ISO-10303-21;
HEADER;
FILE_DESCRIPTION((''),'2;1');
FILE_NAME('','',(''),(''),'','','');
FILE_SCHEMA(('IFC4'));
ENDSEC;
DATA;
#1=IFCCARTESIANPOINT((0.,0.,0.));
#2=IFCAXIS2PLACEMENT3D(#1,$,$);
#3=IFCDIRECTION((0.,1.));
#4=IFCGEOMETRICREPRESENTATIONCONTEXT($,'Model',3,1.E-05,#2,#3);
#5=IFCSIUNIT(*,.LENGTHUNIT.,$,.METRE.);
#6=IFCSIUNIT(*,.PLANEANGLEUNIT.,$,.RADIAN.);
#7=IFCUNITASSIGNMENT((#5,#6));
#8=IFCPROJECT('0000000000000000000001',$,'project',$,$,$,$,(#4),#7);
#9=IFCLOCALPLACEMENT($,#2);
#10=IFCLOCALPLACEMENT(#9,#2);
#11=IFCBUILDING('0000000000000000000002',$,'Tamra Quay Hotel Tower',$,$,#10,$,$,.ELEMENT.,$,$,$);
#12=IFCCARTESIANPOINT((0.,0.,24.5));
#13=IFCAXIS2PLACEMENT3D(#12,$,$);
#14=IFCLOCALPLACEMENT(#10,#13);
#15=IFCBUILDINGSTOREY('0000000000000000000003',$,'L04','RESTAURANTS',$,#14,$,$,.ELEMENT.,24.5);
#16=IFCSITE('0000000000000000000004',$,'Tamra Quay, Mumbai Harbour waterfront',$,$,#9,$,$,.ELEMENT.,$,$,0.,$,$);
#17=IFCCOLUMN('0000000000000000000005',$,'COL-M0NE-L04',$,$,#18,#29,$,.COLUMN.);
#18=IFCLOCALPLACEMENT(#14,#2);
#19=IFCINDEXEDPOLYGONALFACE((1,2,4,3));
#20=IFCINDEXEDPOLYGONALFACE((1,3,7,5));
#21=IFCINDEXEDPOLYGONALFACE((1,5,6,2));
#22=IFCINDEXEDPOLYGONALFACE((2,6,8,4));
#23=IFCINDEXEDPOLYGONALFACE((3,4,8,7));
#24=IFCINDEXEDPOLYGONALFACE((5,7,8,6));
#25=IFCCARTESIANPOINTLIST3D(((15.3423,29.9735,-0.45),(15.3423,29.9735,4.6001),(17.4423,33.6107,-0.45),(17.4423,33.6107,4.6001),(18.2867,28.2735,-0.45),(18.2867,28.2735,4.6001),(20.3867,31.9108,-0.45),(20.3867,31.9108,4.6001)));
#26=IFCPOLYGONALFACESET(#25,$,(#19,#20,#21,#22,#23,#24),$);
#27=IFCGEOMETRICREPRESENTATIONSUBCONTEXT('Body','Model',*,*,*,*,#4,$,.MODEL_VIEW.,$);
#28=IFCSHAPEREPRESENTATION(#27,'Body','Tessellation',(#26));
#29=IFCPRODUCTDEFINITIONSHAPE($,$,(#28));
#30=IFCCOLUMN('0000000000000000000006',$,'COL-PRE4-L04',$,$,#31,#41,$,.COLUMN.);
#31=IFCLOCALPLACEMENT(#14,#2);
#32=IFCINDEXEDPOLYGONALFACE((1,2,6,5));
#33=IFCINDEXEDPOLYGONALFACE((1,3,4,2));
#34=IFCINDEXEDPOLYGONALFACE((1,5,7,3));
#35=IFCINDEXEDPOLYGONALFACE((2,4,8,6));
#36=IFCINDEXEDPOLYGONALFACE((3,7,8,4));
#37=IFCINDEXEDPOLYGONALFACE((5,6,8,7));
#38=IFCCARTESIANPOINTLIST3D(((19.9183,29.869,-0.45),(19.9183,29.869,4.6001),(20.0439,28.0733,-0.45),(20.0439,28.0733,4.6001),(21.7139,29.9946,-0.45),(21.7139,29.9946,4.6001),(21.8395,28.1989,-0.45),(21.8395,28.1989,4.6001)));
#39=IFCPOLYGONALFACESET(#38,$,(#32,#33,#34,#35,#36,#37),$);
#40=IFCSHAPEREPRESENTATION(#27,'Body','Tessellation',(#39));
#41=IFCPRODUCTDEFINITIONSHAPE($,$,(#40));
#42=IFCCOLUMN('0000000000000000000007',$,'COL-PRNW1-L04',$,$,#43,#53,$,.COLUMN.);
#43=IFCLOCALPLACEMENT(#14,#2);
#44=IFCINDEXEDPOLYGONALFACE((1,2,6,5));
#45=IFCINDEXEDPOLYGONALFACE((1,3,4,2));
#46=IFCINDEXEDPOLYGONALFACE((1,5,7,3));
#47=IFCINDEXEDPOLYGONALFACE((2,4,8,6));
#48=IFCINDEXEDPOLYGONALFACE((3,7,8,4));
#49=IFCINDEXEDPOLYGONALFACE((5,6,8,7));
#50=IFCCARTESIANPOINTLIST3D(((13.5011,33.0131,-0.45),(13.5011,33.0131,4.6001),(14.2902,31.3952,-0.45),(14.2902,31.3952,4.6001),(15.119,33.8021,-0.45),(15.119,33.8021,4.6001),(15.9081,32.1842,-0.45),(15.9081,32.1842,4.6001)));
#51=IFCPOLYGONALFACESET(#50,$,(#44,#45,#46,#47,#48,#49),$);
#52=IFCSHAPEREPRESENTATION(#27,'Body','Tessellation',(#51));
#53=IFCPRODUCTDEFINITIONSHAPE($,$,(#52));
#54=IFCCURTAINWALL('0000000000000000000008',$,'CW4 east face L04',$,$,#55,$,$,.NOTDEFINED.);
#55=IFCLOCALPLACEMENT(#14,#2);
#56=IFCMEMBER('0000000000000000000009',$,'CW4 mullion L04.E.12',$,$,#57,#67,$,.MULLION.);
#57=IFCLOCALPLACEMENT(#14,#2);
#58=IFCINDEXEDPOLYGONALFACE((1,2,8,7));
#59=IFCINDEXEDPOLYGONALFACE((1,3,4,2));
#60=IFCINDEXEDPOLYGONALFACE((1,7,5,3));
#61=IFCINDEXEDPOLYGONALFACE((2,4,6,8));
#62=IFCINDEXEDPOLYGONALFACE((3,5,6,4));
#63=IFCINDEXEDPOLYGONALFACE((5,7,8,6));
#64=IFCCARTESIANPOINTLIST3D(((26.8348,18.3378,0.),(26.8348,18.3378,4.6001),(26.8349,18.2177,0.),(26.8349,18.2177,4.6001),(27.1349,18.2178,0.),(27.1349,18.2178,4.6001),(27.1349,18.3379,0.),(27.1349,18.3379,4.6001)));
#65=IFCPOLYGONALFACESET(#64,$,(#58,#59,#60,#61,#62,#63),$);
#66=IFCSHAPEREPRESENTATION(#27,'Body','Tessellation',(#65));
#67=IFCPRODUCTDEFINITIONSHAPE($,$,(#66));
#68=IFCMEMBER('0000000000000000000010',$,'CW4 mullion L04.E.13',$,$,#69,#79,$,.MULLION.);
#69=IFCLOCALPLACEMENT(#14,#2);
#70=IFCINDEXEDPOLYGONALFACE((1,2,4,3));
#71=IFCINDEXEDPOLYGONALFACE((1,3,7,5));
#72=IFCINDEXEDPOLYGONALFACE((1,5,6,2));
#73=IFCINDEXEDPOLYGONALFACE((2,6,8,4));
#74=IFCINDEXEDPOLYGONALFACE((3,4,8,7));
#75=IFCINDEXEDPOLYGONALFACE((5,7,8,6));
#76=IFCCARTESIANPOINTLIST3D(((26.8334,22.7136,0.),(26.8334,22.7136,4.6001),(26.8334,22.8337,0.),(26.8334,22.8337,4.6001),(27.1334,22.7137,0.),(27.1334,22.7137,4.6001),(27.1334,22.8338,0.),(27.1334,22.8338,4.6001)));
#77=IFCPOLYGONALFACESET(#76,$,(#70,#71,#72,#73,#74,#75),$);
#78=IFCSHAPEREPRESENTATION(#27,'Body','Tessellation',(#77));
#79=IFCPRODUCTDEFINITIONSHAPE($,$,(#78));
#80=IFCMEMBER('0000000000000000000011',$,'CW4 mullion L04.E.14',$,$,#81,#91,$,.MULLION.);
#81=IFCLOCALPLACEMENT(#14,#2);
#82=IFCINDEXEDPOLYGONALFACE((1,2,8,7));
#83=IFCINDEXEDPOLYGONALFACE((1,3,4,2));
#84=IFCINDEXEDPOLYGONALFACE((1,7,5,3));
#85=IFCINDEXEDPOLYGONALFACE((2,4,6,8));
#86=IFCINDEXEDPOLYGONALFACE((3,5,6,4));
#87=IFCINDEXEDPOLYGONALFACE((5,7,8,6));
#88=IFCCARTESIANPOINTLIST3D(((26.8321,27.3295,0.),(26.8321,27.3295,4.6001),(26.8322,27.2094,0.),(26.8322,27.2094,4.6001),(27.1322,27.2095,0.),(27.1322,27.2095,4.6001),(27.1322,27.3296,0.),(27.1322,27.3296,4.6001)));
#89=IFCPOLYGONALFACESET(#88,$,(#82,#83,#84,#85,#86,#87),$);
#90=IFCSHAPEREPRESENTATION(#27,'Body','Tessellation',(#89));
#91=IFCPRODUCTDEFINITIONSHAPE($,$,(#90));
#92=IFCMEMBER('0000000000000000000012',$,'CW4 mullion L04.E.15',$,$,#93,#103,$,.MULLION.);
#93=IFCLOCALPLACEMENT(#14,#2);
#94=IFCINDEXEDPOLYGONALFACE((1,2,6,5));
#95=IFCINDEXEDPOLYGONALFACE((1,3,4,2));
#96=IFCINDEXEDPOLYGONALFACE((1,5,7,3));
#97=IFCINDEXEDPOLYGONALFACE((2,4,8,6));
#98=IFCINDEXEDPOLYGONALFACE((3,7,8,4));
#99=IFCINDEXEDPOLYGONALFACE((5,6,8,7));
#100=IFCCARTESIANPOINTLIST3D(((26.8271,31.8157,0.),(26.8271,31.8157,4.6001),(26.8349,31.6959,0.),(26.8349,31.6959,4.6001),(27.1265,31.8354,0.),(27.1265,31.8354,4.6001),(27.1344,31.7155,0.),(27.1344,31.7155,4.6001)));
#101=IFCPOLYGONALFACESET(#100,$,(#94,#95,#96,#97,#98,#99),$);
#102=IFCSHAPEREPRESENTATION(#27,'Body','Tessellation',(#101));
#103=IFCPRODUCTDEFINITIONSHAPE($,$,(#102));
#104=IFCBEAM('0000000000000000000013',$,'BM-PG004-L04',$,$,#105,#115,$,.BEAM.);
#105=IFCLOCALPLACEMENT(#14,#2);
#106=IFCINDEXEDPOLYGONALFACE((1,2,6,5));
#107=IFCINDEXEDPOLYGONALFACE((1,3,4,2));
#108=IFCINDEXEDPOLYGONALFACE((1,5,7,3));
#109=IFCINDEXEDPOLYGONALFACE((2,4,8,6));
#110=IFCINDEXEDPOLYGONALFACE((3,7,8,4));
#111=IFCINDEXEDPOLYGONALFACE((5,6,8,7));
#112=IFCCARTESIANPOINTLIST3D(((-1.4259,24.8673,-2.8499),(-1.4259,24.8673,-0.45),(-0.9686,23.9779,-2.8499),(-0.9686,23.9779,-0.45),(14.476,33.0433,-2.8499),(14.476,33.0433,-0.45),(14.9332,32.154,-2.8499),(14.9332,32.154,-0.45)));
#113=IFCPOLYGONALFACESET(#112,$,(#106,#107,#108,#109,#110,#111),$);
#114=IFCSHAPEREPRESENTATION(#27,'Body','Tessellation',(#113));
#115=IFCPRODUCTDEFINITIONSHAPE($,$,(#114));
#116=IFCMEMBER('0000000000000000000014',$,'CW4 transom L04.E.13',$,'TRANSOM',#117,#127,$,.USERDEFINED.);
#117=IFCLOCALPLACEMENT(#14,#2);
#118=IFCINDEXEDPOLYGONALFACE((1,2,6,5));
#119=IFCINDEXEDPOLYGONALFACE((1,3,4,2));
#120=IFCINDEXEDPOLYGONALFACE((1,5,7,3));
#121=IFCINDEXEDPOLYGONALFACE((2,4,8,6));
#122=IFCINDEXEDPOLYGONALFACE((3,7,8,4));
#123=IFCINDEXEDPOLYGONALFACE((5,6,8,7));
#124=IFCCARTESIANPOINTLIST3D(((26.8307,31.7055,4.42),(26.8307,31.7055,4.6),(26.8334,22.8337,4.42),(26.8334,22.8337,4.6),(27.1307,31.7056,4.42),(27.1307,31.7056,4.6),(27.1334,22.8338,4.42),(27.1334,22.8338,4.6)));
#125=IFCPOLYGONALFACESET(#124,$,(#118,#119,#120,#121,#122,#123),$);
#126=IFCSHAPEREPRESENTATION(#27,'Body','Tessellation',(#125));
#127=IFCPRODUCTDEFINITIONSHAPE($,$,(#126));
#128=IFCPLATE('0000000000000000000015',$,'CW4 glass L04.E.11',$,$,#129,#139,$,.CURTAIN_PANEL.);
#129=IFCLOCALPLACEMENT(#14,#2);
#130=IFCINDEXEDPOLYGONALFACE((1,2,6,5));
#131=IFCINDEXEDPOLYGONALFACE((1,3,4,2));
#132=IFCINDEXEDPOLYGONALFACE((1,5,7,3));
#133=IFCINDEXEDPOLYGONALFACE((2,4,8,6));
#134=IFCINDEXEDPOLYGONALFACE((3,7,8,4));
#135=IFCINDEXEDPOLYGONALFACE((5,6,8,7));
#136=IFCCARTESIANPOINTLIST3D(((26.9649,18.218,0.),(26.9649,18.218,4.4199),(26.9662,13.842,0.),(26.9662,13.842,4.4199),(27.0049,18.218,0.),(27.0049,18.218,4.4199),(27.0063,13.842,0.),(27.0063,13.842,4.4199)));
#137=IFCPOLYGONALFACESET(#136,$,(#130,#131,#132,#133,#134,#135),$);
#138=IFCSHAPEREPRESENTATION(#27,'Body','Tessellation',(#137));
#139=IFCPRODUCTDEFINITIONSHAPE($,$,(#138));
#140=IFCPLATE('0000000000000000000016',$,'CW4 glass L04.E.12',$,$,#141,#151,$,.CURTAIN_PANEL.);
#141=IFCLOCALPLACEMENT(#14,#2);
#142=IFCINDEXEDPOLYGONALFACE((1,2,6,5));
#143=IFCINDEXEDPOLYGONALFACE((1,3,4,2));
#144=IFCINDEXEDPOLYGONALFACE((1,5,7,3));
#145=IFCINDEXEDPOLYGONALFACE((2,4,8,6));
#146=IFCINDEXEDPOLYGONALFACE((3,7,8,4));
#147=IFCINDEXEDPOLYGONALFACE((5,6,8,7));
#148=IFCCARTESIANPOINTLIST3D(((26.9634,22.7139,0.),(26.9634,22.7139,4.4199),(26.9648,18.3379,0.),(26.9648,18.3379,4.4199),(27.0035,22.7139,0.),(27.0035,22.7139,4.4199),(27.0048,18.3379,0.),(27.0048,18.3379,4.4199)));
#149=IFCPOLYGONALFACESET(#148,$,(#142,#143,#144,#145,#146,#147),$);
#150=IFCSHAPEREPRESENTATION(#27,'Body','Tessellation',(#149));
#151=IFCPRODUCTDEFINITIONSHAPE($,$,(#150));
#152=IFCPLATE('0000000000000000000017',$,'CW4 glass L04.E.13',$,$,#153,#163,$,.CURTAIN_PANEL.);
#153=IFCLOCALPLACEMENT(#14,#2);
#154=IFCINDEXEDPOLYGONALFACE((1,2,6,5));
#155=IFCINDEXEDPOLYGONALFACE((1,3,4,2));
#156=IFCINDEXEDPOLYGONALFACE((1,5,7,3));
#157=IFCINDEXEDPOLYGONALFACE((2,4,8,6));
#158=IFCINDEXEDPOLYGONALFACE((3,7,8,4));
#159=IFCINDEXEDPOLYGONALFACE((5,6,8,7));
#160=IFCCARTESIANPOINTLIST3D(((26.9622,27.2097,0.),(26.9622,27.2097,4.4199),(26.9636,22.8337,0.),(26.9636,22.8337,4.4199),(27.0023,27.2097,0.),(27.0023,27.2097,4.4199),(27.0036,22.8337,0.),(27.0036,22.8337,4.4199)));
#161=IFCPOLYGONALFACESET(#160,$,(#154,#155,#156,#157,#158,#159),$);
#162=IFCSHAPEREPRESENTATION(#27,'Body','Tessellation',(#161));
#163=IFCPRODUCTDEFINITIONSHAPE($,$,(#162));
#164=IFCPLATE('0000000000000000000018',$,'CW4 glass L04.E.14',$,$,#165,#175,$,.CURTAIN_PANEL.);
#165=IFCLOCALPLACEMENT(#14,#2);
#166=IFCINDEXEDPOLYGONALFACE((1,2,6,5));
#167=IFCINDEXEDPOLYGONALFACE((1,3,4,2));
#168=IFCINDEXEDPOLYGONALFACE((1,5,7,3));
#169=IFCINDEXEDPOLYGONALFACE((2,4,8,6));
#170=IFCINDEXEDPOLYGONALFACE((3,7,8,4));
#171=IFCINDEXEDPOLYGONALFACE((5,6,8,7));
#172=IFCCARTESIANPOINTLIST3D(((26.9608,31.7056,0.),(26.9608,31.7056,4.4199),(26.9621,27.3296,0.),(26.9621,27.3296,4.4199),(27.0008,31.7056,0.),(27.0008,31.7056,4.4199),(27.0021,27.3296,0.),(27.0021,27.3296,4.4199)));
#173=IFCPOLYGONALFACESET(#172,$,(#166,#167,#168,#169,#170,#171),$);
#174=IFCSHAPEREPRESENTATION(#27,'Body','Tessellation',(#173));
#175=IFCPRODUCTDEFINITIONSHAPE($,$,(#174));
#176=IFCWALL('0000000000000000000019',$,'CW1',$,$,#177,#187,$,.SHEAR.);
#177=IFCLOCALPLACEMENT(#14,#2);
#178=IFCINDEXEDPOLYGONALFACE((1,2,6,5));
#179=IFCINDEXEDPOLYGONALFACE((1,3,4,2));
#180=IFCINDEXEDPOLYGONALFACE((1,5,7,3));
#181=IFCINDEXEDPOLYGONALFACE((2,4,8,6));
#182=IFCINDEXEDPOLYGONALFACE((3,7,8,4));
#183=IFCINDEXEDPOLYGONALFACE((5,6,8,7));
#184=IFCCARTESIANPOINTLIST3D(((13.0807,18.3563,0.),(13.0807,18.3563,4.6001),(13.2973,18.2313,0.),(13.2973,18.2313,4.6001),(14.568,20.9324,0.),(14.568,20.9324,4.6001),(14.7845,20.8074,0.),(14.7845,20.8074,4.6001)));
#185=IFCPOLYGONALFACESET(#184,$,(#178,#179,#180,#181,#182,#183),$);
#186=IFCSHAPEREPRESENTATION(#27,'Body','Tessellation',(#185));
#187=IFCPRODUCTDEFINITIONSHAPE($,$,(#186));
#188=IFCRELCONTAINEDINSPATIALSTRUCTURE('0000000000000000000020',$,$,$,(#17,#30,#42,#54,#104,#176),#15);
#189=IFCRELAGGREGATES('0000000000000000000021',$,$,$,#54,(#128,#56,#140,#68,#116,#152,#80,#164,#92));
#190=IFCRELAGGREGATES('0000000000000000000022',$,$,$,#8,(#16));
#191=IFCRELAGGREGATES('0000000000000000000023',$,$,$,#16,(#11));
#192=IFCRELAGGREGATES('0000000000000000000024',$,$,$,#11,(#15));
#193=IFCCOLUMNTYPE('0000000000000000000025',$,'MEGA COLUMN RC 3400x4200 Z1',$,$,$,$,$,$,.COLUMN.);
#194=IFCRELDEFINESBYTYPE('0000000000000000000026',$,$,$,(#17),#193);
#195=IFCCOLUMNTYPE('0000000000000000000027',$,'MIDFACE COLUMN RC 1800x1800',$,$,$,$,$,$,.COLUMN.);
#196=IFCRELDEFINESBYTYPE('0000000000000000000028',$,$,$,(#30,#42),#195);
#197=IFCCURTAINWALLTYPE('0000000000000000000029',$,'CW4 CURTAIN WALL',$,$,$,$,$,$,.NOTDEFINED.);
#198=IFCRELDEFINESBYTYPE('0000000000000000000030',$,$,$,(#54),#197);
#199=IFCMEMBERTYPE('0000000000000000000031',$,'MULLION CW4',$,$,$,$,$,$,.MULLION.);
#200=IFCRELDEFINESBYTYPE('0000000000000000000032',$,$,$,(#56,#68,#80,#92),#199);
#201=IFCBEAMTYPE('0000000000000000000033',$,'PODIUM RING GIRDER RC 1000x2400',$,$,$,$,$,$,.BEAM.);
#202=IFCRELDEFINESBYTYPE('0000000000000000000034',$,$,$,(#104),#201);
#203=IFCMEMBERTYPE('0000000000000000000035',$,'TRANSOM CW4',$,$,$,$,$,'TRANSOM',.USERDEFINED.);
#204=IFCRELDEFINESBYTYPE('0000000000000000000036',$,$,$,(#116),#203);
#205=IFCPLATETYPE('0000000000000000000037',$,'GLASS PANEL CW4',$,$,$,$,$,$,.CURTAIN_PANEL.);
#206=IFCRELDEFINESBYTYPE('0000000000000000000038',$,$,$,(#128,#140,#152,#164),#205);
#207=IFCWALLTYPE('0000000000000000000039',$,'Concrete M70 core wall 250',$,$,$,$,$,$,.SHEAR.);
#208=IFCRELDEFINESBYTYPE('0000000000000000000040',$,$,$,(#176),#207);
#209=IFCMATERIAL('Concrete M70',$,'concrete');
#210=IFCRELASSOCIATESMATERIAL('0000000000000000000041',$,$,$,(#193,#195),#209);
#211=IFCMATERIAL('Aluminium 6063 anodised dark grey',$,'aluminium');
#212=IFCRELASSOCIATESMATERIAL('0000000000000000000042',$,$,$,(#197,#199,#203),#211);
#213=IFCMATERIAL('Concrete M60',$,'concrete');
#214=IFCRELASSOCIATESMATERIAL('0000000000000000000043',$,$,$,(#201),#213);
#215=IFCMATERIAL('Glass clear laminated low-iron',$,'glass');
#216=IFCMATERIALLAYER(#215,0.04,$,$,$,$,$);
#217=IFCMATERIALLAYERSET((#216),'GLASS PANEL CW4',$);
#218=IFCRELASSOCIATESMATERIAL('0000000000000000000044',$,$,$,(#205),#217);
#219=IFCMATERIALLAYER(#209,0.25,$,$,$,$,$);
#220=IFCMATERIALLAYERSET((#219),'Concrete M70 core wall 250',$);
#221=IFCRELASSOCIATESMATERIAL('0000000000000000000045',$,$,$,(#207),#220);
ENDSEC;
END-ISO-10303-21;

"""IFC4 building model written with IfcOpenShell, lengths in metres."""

from ifc_helpers import new_model, si_unit, direction, frame, frame_2d, origin, origin_2d, place, context, subcontext, project, spatial, rectangle, extrude, material, layer, layer_set, material_profile, profile_set, type_object, element, aggregate, save


model = new_model("IFC4")

# Units and contexts
model_context = context("Model", 3, precision=1e-05, world=origin(), true_north=direction((0.0, 1.0)))
body_context = subcontext(model_context, "Body", "Model", "MODEL_VIEW")
ifc_project = project(units=[si_unit("LENGTHUNIT", "METRE"), si_unit("PLANEANGLEUNIT", "RADIAN")], contexts=[model_context])

# Site, building, storey
site_placement = place(None, origin())
site = spatial("IfcSite", under=ifc_project, at=site_placement, Name="Tamra Quay, Mumbai Harbour waterfront", CompositionType="ELEMENT", RefElevation=0.0)
building_placement = place(site_placement, origin())
building = spatial("IfcBuilding", under=site, at=building_placement, Name="Tamra Quay Hotel Tower", CompositionType="ELEMENT")
storey_placement = place(building_placement, frame((0.0, 0.0, 24.5)))
storey = spatial("IfcBuildingStorey", under=building, at=storey_placement, Name="L04", Description="RESTAURANTS", CompositionType="ELEMENT", Elevation=24.5)

# Columns
ifc_material_1 = material(Name="Concrete M70", Category="concrete")
ifc_material_profile_1 = material_profile(ifc_material_1, rectangle(XDim=4.2, YDim=3.3999, at=origin_2d()), Name="MEGA COLUMN RC 3400x4200 Z1")
ifc_profile_set_1 = profile_set([ifc_material_profile_1], Name="Concrete M70")
column_type_1 = type_object("IfcColumnType", Name="MEGA COLUMN RC 3400x4200 Z1", PredefinedType="COLUMN", material=ifc_profile_set_1)
column_placement = place(storey_placement, frame((17.8645, 30.9421, -0.45), z_axis=(0.0, 0.0, 1.0), x_axis=(0.5, 0.866025, 0.0)))
element("IfcColumn", 1, at=column_placement, inside=storey, type_object=column_type_1, Name="COL-M0NE-L04", PredefinedType="COLUMN", context=body_context, shape_type="SweptSolid", body=[
    extrude(rectangle(XDim=4.2, YDim=3.3999, at=origin_2d()), origin(), (0.0, 0.0, 1.0), 5.05),
])
ifc_material_profile_2 = material_profile(ifc_material_1, rectangle(XDim=1.8, YDim=1.8, at=origin_2d()), Name="MIDFACE COLUMN RC 1800x1800")
ifc_profile_set_2 = profile_set([ifc_material_profile_2], Name="Concrete M70")
column_type_2 = type_object("IfcColumnType", Name="MIDFACE COLUMN RC 1800x1800", PredefinedType="COLUMN", material=ifc_profile_set_2)
for number, where, z_axis, x_axis, name in (
    (2, (20.8789, 29.0339, -0.45), (0.0, 0.0, 1.0), (0.997562, 0.06979, 0.0), "COL-PRE4-L04"),
    (3, (14.7046, 32.5986, -0.45), (0.0, 0.0, 1.0), (-0.438341, 0.898809, 0.0), "COL-PRNW1-L04"),
):
    element("IfcColumn", number, at=place(storey_placement, frame(where, z_axis=z_axis, x_axis=x_axis)), inside=storey, type_object=column_type_2, Name=name, PredefinedType="COLUMN", context=body_context, shape_type="SweptSolid", body=[
        extrude(rectangle(XDim=1.8, YDim=1.8, at=origin_2d()), origin(), (0.0, 0.0, 1.0), 5.05),
    ])

# Curtain wall, members
ifc_material_2 = material(Name="Aluminium 6063 anodised dark grey", Category="aluminium")
curtain_wall_type = type_object("IfcCurtainWallType", Name="CW4 CURTAIN WALL", PredefinedType="NOTDEFINED", material=ifc_material_2)
curtain_wall_placement = place(storey_placement, origin())
curtain_wall = element("IfcCurtainWall", 4, at=curtain_wall_placement, inside=storey, type_object=curtain_wall_type, Name="CW4 east face L04", PredefinedType="NOTDEFINED")
ifc_material_profile_3 = material_profile(ifc_material_2, rectangle(XDim=0.3, YDim=0.1201, at=origin_2d()), Name="MULLION 120X300")
ifc_profile_set_3 = profile_set([ifc_material_profile_3], Name="Aluminium 6063 anodised dark grey")
member_type_1 = type_object("IfcMemberType", Name="MULLION CW4", PredefinedType="MULLION", material=ifc_profile_set_3)
member_1_placement = place(storey_placement, frame((26.9849, 18.2778, 0.0), z_axis=(0.0, 0.0, 1.0), x_axis=(1.0, 0.000306, 0.0)))
member_1 = element("IfcMember", 5, at=member_1_placement, type_object=member_type_1, Name="CW4 mullion L04.E.12", PredefinedType="MULLION", context=body_context, shape_type="SweptSolid", body=[
    extrude(rectangle(XDim=0.3, YDim=0.1201, at=origin_2d()), origin(), (0.0, 0.0, 1.0), 4.6001),
])
member_2_placement = place(storey_placement, frame((26.9834, 22.7737, 0.0), z_axis=(0.0, 0.0, 1.0), x_axis=(1.0, 0.000306, 0.0)))
member_2 = element("IfcMember", 6, at=member_2_placement, type_object=member_type_1, Name="CW4 mullion L04.E.13", PredefinedType="MULLION", context=body_context, shape_type="SweptSolid", body=[
    extrude(rectangle(XDim=0.3, YDim=0.1201, at=origin_2d()), origin(), (0.0, 0.0, 1.0), 4.6001),
])
member_3_placement = place(storey_placement, frame((26.9822, 27.2695, 0.0), z_axis=(0.0, 0.0, 1.0), x_axis=(1.0, 0.000306, 0.0)))
member_3 = element("IfcMember", 7, at=member_3_placement, type_object=member_type_1, Name="CW4 mullion L04.E.14", PredefinedType="MULLION", context=body_context, shape_type="SweptSolid", body=[
    extrude(rectangle(XDim=0.3, YDim=0.1201, at=origin_2d()), origin(), (0.0, 0.0, 1.0), 4.6001),
])
member_4_placement = place(storey_placement, frame((26.9807, 31.7656, 0.0), z_axis=(0.0, 0.0, 1.0), x_axis=(0.997849, 0.065556, 0.0)))
member_4 = element("IfcMember", 8, at=member_4_placement, type_object=member_type_1, Name="CW4 mullion L04.E.15", PredefinedType="MULLION", context=body_context, shape_type="SweptSolid", body=[
    extrude(rectangle(XDim=0.3, YDim=0.1201, at=origin_2d()), origin(), (0.0, 0.0, 1.0), 4.6001),
])

# Beam
ifc_material_3 = material(Name="Concrete M60", Category="concrete")
ifc_material_profile_4 = material_profile(ifc_material_3, rectangle(XDim=1.0, YDim=2.3999, at=origin_2d()), Name="PODIUM RING GIRDER RC 1000x2400")
ifc_profile_set_4 = profile_set([ifc_material_profile_4], Name="Concrete M60")
beam_type = type_object("IfcBeamType", Name="PODIUM RING GIRDER RC 1000x2400", PredefinedType="BEAM", material=ifc_profile_set_4)
beam_placement = place(storey_placement, frame((14.7046, 32.5986, -1.6499), z_axis=(-0.889335, -0.457256, 0.0), x_axis=(0.457256, -0.889335, 0.0)))
element("IfcBeam", 9, at=beam_placement, inside=storey, type_object=beam_type, Name="BM-PG004-L04", PredefinedType="BEAM", context=body_context, shape_type="SweptSolid", body=[
    extrude(rectangle(XDim=1.0, YDim=2.3999, at=origin_2d()), origin(), (0.0, 0.0, 1.0), 17.8806),
])

# Member
ifc_material_profile_5 = material_profile(ifc_material_2, rectangle(XDim=0.3, YDim=0.1799, at=origin_2d()), Name="TRANSOM 300X180")
ifc_profile_set_5 = profile_set([ifc_material_profile_5], Name="Aluminium 6063 anodised dark grey")
member_type_2 = type_object("IfcMemberType", Name="TRANSOM CW4", ElementType="TRANSOM", PredefinedType="USERDEFINED", material=ifc_profile_set_5)
member_5_placement = place(storey_placement, frame((26.9834, 22.8337, 4.51), z_axis=(-0.000303, 1.0, 0.0), x_axis=(-1.0, -0.000303, 0.0)))
member_5 = element("IfcMember", 10, at=member_5_placement, type_object=member_type_2, Name="CW4 transom L04.E.13", ObjectType="TRANSOM", PredefinedType="USERDEFINED", context=body_context, shape_type="SweptSolid", body=[
    extrude(rectangle(XDim=0.3, YDim=0.1799, at=origin_2d()), origin(), (0.0, 0.0, 1.0), 8.8718),
])

# Plates
ifc_material_4 = material(Name="Glass clear laminated low-iron", Category="glass")
ifc_layer_1 = layer(ifc_material_4, 0.04)
ifc_layer_set_1 = layer_set([ifc_layer_1], Name="GLASS PANEL CW4")
plate_type = type_object("IfcPlateType", Name="GLASS PANEL CW4", PredefinedType="CURTAIN_PANEL", material=ifc_layer_set_1)
plate_1_placement = place(storey_placement, frame((26.9856, 16.03, 0.0), z_axis=(0.0, 0.0, 1.0), x_axis=(-0.000306, 1.0, 0.0)))
plate_1 = element("IfcPlate", 11, at=plate_1_placement, type_object=plate_type, Name="CW4 glass L04.E.11", PredefinedType="CURTAIN_PANEL", context=body_context, shape_type="SweptSolid", body=[
    extrude(rectangle(XDim=4.376, YDim=0.04, at=origin_2d()), origin(), (0.0, 0.0, 1.0), 4.4199),
])
plate_2_placement = place(storey_placement, frame((26.9841, 20.5259, 0.0), z_axis=(0.0, 0.0, 1.0), x_axis=(-0.000306, 1.0, 0.0)))
plate_2 = element("IfcPlate", 12, at=plate_2_placement, type_object=plate_type, Name="CW4 glass L04.E.12", PredefinedType="CURTAIN_PANEL", context=body_context, shape_type="SweptSolid", body=[
    extrude(rectangle(XDim=4.376, YDim=0.04, at=origin_2d()), origin(), (0.0, 0.0, 1.0), 4.4199),
])
plate_3_placement = place(storey_placement, frame((26.9829, 25.0217, 0.0), z_axis=(0.0, 0.0, 1.0), x_axis=(-0.000306, 1.0, 0.0)))
plate_3 = element("IfcPlate", 13, at=plate_3_placement, type_object=plate_type, Name="CW4 glass L04.E.13", PredefinedType="CURTAIN_PANEL", context=body_context, shape_type="SweptSolid", body=[
    extrude(rectangle(XDim=4.376, YDim=0.04, at=origin_2d()), origin(), (0.0, 0.0, 1.0), 4.4199),
])
plate_4_placement = place(storey_placement, frame((26.9814, 29.5176, 0.0), z_axis=(0.0, 0.0, 1.0), x_axis=(-0.000306, 1.0, 0.0)))
plate_4 = element("IfcPlate", 14, at=plate_4_placement, type_object=plate_type, Name="CW4 glass L04.E.14", PredefinedType="CURTAIN_PANEL", context=body_context, shape_type="SweptSolid", body=[
    extrude(rectangle(XDim=4.376, YDim=0.04, at=origin_2d()), origin(), (0.0, 0.0, 1.0), 4.4199),
])
aggregate(curtain_wall, [plate_1, member_1, plate_2, member_2, member_5, plate_3, member_3, plate_4, member_4])

# Wall
ifc_layer_2 = layer(ifc_material_1, 0.25)
ifc_layer_set_2 = layer_set([ifc_layer_2], Name="Concrete M70 core wall 250")
wall_type_1 = type_object("IfcWallType", Name="Concrete M70 core wall 250", PredefinedType="SHEAR", material=ifc_layer_set_2)
wall_1_placement = place(storey_placement, frame((14.6763, 20.8699, 0.0), z_axis=(0.0, 0.0, 1.0), x_axis=(-0.499988, -0.866033, 0.0)))
element("IfcWall", 15, at=wall_1_placement, inside=storey, type_object=wall_type_1, Name="CW1", PredefinedType="SHEAR", context=body_context, shape_type="SweptSolid", body=[
    extrude(rectangle(XDim=2.9746, YDim=0.25, at=frame_2d((1.4873, 0.0))), origin(), (0.0, 0.0, 1.0), 4.6001),
])

save(model, "model.ifc")
